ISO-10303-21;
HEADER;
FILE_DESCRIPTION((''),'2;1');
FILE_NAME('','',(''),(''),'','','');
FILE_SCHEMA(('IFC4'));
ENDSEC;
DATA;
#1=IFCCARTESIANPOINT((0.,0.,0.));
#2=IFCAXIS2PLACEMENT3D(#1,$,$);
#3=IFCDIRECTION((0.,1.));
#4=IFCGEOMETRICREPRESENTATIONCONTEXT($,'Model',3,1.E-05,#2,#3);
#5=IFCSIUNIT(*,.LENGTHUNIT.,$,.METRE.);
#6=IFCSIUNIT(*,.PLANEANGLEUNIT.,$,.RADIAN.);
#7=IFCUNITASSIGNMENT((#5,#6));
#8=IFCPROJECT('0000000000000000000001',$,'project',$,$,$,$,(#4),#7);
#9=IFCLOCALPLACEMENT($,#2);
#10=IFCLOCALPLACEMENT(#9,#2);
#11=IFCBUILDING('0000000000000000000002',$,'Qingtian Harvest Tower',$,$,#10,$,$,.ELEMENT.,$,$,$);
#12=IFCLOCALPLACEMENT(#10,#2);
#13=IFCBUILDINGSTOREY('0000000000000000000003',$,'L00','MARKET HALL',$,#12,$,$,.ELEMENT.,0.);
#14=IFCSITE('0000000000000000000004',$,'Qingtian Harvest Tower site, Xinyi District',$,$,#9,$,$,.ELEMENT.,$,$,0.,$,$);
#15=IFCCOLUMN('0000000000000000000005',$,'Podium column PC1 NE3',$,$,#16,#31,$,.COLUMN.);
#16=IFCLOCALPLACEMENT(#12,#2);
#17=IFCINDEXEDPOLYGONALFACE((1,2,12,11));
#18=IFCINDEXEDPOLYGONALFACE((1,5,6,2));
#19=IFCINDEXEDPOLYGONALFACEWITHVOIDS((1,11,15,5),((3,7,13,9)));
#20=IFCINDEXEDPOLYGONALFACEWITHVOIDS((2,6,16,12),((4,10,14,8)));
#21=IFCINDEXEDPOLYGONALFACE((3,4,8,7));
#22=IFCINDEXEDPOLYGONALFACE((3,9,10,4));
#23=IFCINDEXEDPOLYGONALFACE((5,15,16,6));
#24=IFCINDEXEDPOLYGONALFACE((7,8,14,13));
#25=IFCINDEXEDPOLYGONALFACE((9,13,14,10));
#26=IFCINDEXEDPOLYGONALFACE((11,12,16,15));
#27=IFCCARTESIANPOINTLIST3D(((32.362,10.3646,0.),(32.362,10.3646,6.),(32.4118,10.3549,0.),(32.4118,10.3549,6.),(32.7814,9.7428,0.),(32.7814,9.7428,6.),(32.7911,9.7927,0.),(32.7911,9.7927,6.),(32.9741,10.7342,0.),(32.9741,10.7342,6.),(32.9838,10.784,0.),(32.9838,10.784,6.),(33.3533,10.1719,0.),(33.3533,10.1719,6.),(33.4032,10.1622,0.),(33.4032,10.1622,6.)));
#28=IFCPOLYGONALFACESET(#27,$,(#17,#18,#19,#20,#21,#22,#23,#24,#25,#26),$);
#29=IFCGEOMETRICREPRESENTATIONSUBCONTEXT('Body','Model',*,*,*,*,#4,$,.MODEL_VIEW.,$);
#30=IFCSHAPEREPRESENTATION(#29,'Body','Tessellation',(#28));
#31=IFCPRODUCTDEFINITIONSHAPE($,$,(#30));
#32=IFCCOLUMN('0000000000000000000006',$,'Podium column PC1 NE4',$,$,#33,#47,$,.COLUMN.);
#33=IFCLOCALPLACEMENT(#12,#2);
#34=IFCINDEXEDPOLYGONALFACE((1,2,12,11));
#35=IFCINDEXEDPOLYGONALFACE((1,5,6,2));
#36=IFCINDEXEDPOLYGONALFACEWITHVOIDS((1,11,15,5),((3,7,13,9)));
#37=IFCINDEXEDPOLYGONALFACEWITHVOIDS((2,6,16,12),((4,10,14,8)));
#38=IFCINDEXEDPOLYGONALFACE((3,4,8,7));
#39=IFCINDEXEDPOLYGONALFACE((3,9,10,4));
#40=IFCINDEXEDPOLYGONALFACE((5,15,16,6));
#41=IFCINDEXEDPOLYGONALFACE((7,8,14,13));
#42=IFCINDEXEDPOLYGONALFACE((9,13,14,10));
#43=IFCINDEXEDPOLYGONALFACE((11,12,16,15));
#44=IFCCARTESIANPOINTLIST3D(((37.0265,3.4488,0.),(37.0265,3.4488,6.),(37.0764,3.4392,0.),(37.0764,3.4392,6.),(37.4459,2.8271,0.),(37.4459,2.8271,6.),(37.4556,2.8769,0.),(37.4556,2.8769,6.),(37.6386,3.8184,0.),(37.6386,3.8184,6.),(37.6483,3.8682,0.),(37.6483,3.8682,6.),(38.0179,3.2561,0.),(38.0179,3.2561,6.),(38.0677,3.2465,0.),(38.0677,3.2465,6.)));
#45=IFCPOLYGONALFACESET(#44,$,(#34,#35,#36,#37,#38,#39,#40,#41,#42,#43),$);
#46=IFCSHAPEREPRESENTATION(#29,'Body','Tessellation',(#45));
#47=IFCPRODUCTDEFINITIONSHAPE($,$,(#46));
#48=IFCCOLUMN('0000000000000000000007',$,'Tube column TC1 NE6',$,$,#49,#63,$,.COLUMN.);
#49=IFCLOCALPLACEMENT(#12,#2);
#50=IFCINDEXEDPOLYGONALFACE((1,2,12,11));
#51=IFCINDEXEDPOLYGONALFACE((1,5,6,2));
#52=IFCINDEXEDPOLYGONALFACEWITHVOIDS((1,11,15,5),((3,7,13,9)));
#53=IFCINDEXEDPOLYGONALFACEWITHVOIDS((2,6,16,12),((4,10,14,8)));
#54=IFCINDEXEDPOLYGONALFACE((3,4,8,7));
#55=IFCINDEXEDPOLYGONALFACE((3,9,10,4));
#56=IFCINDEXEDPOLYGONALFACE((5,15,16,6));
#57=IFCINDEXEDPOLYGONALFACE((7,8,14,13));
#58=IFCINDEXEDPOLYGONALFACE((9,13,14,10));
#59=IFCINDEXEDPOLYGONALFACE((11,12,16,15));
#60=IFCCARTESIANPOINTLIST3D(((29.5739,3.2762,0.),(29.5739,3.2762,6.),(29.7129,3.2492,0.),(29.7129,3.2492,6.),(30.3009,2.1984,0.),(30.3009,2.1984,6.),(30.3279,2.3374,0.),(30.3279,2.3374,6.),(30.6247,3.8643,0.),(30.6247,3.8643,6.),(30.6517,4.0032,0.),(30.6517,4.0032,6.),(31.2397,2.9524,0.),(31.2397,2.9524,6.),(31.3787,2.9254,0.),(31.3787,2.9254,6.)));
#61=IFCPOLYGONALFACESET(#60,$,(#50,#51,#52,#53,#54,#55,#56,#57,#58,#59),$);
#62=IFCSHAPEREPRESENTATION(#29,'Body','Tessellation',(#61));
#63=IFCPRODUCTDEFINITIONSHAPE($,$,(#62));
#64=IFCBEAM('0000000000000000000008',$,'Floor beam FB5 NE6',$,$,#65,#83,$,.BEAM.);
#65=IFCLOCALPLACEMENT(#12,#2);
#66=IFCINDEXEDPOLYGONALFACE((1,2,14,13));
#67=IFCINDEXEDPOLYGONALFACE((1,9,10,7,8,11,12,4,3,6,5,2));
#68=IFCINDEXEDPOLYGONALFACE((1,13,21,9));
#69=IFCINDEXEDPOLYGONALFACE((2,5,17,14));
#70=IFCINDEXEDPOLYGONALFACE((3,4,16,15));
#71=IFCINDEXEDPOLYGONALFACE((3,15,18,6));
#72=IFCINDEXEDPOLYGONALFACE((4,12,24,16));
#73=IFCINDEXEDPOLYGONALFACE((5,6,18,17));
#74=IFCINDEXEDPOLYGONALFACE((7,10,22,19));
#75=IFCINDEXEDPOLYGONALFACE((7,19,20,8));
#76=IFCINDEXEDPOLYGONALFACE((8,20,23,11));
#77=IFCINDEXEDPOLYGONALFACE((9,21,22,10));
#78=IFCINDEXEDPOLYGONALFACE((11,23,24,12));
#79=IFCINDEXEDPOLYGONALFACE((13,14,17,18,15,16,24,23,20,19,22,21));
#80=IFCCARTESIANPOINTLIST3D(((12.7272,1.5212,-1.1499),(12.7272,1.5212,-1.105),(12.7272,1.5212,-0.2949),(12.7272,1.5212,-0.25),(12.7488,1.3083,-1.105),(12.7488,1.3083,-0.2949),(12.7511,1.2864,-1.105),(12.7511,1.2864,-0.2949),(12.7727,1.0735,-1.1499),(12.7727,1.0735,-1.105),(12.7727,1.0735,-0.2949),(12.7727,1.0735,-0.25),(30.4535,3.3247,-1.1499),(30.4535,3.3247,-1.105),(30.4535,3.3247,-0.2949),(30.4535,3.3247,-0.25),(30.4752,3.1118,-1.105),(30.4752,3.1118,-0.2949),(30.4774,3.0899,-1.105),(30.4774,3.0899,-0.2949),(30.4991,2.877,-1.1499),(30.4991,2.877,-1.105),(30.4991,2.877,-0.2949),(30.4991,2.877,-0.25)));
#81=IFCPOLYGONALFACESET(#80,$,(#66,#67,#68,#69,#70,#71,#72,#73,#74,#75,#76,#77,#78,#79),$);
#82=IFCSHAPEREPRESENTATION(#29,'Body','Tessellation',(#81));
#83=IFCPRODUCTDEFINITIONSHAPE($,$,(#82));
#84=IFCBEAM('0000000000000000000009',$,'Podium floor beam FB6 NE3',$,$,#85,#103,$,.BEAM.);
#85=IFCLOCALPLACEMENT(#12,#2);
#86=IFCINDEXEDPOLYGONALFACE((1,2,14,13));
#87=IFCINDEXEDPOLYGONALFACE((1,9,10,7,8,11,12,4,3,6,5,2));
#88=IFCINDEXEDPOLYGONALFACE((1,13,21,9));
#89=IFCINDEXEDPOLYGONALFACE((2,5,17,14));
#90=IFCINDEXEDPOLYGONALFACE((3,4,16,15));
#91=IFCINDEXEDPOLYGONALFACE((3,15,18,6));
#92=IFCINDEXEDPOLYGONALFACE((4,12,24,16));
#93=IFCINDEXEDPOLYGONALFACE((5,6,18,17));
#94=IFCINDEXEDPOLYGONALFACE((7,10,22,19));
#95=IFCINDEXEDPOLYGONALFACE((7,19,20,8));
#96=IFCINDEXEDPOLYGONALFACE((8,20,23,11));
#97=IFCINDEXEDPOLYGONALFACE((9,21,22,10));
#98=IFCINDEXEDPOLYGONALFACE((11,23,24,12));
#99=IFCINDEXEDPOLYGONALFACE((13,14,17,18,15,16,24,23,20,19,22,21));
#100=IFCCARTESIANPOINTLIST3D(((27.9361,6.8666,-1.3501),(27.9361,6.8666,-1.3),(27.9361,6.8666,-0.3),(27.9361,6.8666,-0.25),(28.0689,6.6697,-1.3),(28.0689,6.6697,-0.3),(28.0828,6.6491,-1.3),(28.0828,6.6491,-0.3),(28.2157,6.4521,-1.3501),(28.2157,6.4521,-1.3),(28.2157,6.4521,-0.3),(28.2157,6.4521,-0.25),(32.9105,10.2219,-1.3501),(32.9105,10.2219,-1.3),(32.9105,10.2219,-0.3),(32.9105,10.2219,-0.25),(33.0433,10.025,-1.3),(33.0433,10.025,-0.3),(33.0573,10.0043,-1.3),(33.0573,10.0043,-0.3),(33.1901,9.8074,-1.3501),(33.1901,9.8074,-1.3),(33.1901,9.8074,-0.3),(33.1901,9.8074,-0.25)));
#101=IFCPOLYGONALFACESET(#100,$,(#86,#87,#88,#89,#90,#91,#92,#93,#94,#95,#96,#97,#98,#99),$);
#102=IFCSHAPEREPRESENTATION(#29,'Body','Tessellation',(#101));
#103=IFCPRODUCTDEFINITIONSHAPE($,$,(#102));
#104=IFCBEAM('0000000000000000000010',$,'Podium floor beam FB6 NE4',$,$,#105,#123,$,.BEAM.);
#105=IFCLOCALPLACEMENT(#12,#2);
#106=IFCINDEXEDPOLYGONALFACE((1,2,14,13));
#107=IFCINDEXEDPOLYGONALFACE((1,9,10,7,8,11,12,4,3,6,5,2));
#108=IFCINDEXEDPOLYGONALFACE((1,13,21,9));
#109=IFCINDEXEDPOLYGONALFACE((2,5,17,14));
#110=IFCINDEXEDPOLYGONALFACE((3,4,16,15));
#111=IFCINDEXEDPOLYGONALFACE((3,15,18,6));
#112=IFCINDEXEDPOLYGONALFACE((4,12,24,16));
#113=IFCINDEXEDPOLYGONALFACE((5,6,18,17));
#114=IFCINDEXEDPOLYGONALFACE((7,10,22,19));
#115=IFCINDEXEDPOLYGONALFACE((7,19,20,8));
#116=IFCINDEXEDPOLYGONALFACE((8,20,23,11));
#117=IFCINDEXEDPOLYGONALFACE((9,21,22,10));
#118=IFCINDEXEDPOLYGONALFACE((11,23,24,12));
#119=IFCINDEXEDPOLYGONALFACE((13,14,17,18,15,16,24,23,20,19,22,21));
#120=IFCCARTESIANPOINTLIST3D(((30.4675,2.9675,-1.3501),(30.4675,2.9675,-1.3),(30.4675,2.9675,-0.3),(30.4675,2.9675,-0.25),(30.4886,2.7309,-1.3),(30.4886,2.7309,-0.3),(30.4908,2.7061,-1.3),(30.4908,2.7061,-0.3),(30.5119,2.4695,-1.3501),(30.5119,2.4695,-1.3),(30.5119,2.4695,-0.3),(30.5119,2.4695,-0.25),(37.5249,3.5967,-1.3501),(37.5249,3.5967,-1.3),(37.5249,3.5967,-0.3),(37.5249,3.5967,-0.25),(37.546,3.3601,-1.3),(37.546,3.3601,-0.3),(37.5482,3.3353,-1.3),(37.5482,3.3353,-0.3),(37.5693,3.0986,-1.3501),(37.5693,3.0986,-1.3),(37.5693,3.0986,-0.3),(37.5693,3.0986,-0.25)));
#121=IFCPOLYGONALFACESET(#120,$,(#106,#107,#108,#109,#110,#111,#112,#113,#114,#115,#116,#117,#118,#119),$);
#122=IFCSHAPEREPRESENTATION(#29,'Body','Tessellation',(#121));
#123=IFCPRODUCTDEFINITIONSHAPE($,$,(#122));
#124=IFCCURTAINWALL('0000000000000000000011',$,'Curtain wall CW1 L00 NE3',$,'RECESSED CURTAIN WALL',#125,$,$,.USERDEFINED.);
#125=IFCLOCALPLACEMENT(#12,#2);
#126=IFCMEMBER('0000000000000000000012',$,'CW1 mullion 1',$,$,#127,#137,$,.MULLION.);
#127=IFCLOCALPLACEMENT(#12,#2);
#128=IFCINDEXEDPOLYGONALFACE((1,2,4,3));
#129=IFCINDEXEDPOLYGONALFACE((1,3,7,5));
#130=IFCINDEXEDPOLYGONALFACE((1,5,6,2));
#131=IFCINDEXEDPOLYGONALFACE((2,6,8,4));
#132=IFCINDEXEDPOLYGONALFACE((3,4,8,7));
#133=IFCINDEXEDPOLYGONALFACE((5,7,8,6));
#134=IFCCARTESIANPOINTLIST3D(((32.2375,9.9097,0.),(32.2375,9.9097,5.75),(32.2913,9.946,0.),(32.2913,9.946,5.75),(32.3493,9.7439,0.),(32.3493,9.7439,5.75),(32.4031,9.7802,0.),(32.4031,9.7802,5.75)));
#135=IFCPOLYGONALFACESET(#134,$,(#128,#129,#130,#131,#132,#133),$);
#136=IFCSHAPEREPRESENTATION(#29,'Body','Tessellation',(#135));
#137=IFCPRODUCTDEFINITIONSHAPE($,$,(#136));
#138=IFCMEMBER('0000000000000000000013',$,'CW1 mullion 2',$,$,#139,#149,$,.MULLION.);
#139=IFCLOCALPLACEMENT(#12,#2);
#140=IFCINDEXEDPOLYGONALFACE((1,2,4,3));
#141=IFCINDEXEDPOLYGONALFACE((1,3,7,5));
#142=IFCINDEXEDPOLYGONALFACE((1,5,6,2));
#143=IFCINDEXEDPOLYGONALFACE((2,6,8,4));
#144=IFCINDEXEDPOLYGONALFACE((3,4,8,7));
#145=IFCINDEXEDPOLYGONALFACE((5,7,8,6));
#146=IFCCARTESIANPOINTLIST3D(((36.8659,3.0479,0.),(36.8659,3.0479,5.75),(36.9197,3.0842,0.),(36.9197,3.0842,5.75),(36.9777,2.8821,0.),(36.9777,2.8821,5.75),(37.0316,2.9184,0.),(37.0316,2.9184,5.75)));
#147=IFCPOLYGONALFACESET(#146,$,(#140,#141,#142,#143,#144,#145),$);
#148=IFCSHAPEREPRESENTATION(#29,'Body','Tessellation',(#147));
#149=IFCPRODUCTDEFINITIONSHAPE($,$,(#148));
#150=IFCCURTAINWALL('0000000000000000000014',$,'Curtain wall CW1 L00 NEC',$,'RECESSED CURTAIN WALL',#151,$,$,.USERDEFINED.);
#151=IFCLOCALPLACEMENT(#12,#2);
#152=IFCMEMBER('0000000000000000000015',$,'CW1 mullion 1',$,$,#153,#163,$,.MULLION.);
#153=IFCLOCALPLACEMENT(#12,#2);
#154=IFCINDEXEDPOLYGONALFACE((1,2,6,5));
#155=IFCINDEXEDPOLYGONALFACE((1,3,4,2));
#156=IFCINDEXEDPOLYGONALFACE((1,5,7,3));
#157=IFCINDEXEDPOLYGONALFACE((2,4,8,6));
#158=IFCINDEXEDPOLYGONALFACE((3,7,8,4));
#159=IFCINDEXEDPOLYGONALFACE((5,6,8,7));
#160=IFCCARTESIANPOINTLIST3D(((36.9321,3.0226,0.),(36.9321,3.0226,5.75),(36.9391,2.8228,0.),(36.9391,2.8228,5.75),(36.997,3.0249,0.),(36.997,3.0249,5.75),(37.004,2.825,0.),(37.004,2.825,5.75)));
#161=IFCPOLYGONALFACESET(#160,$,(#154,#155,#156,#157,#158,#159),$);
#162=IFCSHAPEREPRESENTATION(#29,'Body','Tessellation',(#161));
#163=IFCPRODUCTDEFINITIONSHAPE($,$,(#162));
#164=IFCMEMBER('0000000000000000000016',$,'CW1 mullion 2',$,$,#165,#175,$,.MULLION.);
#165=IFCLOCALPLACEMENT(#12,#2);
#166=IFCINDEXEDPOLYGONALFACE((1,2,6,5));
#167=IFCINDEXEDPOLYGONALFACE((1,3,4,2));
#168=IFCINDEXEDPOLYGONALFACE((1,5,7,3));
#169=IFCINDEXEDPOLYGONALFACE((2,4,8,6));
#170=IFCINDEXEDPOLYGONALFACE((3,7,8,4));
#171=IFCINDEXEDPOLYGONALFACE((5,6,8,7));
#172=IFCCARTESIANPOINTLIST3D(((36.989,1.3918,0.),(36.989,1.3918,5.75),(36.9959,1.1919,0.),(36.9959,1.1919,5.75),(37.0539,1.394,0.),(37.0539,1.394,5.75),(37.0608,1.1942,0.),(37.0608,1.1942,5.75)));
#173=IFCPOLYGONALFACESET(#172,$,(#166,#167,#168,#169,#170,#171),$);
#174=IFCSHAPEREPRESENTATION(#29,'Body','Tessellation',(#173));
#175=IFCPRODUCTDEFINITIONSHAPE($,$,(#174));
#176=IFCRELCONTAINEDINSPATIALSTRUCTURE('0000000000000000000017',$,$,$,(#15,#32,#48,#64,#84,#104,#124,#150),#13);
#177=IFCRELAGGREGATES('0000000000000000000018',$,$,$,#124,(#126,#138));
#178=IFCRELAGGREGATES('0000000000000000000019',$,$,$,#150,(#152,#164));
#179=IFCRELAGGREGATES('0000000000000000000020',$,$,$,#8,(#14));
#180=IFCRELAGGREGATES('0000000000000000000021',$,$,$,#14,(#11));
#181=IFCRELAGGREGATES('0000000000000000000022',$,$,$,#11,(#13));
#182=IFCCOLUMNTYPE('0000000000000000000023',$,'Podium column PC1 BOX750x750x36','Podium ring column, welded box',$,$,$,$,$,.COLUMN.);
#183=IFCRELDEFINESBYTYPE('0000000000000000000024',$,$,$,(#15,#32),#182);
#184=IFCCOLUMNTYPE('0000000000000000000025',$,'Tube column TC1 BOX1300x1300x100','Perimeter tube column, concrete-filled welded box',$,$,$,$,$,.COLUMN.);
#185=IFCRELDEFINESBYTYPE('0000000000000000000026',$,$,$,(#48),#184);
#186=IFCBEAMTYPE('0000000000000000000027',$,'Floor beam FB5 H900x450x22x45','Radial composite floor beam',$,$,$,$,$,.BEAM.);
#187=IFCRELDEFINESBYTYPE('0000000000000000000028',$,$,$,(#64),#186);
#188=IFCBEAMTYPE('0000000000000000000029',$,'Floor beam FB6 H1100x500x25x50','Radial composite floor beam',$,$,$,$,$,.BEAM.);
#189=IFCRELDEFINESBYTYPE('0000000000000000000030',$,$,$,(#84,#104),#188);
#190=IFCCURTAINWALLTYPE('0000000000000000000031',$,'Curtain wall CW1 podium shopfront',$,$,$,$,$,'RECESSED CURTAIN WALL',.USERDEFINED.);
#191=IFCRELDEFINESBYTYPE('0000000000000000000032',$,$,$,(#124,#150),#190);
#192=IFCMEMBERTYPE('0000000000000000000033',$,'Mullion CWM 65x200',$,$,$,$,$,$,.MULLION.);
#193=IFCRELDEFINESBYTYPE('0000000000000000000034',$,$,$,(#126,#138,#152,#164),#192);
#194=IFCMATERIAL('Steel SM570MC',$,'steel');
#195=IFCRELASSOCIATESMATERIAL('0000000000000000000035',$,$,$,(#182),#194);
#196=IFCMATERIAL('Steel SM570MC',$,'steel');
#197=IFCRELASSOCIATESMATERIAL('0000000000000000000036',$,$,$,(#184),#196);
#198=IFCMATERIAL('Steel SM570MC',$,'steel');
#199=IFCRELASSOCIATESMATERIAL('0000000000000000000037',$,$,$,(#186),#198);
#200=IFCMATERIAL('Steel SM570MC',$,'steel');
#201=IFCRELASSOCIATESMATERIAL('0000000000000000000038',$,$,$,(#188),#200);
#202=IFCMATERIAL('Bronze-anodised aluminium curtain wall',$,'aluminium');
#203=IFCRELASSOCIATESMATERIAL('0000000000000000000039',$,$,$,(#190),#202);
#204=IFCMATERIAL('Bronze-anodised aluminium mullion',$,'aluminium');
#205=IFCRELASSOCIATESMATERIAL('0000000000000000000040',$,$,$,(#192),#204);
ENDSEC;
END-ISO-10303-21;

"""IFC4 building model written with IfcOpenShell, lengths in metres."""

from ifc_helpers import new_model, si_unit, direction, frame, origin, origin_2d, place, context, subcontext, project, spatial, rectangle, hollow_rectangle, i_section, extrude, material, material_profile, profile_set, type_object, element, aggregate, save


model = new_model("IFC4")

# Units and contexts
model_context = context("Model", 3, precision=1e-05, world=origin(), true_north=direction((0.0, 1.0)))
body_context = subcontext(model_context, "Body", "Model", "MODEL_VIEW")
ifc_project = project(units=[si_unit("LENGTHUNIT", "METRE"), si_unit("PLANEANGLEUNIT", "RADIAN")], contexts=[model_context])

# Site, building, storey
site_placement = place(None, origin())
site = spatial("IfcSite", under=ifc_project, at=site_placement, Name="Qingtian Harvest Tower site, Xinyi District", CompositionType="ELEMENT", RefElevation=0.0)
building_placement = place(site_placement, origin())
building = spatial("IfcBuilding", under=site, at=building_placement, Name="Qingtian Harvest Tower", CompositionType="ELEMENT")
storey_placement = place(building_placement, origin())
storey = spatial("IfcBuildingStorey", under=building, at=storey_placement, Name="L00", Description="MARKET HALL", CompositionType="ELEMENT", Elevation=0.0)

# Columns
ifc_material_1 = material(Name="Steel SM570MC", Category="steel")
ifc_material_profile_1 = material_profile(ifc_material_1, hollow_rectangle(XDim=0.75, YDim=0.75, WallThickness=0.0359, at=origin_2d()), Name="BOX750x750x36")
ifc_profile_set_1 = profile_set([ifc_material_profile_1], Name="Steel SM570MC")
column_type_1 = type_object("IfcColumnType", Name="Podium column PC1 BOX750x750x36", Description="Podium ring column, welded box", PredefinedType="COLUMN", material=ifc_profile_set_1)
for number, where, z_axis, x_axis, name in (
    (1, (32.8826, 10.2634, 0.0), (0.0, 0.0, 1.0), (-0.559193, 0.829038, 0.0), "Podium column PC1 NE3"),
    (2, (37.5471, 3.3477, 0.0), (0.0, 0.0, 1.0), (-0.559193, 0.829038, 0.0), "Podium column PC1 NE4"),
):
    element("IfcColumn", number, at=place(storey_placement, frame(where, z_axis=z_axis, x_axis=x_axis)), inside=storey, type_object=column_type_1, Name=name, PredefinedType="COLUMN", context=body_context, shape_type="SweptSolid", body=[
        extrude(hollow_rectangle(XDim=0.75, YDim=0.75, WallThickness=0.0359, at=origin_2d()), origin(), (0.0, 0.0, 1.0), 6.0),
    ])
ifc_material_2 = material(Name="Steel SM570MC", Category="steel")
ifc_material_profile_2 = material_profile(ifc_material_2, hollow_rectangle(XDim=1.3, YDim=1.3, WallThickness=0.1001, at=origin_2d()), Name="BOX1300x1300x100")
ifc_profile_set_2 = profile_set([ifc_material_profile_2], Name="Steel SM570MC")
column_type_2 = type_object("IfcColumnType", Name="Tube column TC1 BOX1300x1300x100", Description="Perimeter tube column, concrete-filled welded box", PredefinedType="COLUMN", material=ifc_profile_set_2)
column_placement = place(storey_placement, frame((30.4763, 3.1008, 0.0), z_axis=(0.0, 0.0, 1.0), x_axis=(-0.559193, 0.829038, 0.0)))
element("IfcColumn", 3, at=column_placement, inside=storey, type_object=column_type_2, Name="Tube column TC1 NE6", PredefinedType="COLUMN", context=body_context, shape_type="SweptSolid", body=[
    extrude(hollow_rectangle(XDim=1.3, YDim=1.3, WallThickness=0.1001, at=origin_2d()), origin(), (0.0, 0.0, 1.0), 6.0),
])

# Beams
ifc_material_3 = material(Name="Steel SM570MC", Category="steel")
ifc_material_profile_3 = material_profile(ifc_material_3, i_section(OverallWidth=0.45, OverallDepth=0.8999, WebThickness=0.022, FlangeThickness=0.0449, at=origin_2d()), Name="H900x450x22x45")
ifc_profile_set_3 = profile_set([ifc_material_profile_3], Name="Steel SM570MC")
beam_type_1 = type_object("IfcBeamType", Name="Floor beam FB5 H900x450x22x45", Description="Radial composite floor beam", PredefinedType="BEAM", material=ifc_profile_set_3)
beam_1_placement = place(storey_placement, frame((30.4763, 3.1008, -0.7), z_axis=(-0.994864, -0.101217, 0.0), x_axis=(0.101217, -0.994864, 0.0)))
element("IfcBeam", 4, at=beam_1_placement, inside=storey, type_object=beam_type_1, Name="Floor beam FB5 NE6", PredefinedType="BEAM", context=body_context, shape_type="SweptSolid", body=[
    extrude(i_section(OverallWidth=0.45, OverallDepth=0.8999, WebThickness=0.022, FlangeThickness=0.0449, at=origin_2d()), origin(), (0.0, 0.0, 1.0), 17.8179),
])
ifc_material_4 = material(Name="Steel SM570MC", Category="steel")
ifc_material_profile_4 = material_profile(ifc_material_4, i_section(OverallWidth=0.5, OverallDepth=1.1001, WebThickness=0.0249, FlangeThickness=0.05, at=origin_2d()), Name="H1100x500x25x50")
ifc_profile_set_4 = profile_set([ifc_material_profile_4], Name="Steel SM570MC")
beam_type_2 = type_object("IfcBeamType", Name="Floor beam FB6 H1100x500x25x50", Description="Radial composite floor beam", PredefinedType="BEAM", material=ifc_profile_set_4)
beam_2_placement = place(storey_placement, frame((33.0503, 10.0146, -0.8), z_axis=(-0.82904, -0.55919, 0.0), x_axis=(0.55919, -0.82904, 0.0)))
element("IfcBeam", 5, at=beam_2_placement, inside=storey, type_object=beam_type_2, Name="Podium floor beam FB6 NE3", PredefinedType="BEAM", context=body_context, shape_type="SweptSolid", body=[
    extrude(i_section(OverallWidth=0.5, OverallDepth=1.1001, WebThickness=0.0249, FlangeThickness=0.05, at=origin_2d()), origin(), (0.0, 0.0, 1.0), 6.0002),
])
beam_3_placement = place(storey_placement, frame((37.5471, 3.3477, -0.8), z_axis=(-0.99605, -0.088796, 0.0), x_axis=(0.088796, -0.99605, 0.0)))
element("IfcBeam", 6, at=beam_3_placement, inside=storey, type_object=beam_type_2, Name="Podium floor beam FB6 NE4", PredefinedType="BEAM", context=body_context, shape_type="SweptSolid", body=[
    extrude(i_section(OverallWidth=0.5, OverallDepth=1.1001, WebThickness=0.0249, FlangeThickness=0.05, at=origin_2d()), origin(), (0.0, 0.0, 1.0), 7.0854),
])

# Curtain walls, members
ifc_material_5 = material(Name="Bronze-anodised aluminium curtain wall", Category="aluminium")
curtain_wall_type = type_object("IfcCurtainWallType", Name="Curtain wall CW1 podium shopfront", ElementType="RECESSED CURTAIN WALL", PredefinedType="USERDEFINED", material=ifc_material_5)
curtain_wall_1_placement = place(storey_placement, origin())
curtain_wall_1 = element("IfcCurtainWall", 7, at=curtain_wall_1_placement, inside=storey, type_object=curtain_wall_type, Name="Curtain wall CW1 L00 NE3", ObjectType="RECESSED CURTAIN WALL", PredefinedType="USERDEFINED")
ifc_material_6 = material(Name="Bronze-anodised aluminium mullion", Category="aluminium")
ifc_material_profile_5 = material_profile(ifc_material_6, rectangle(XDim=0.0649, YDim=0.2, at=origin_2d()), Name="AL 65x200")
ifc_profile_set_5 = profile_set([ifc_material_profile_5], Name="Bronze-anodised aluminium mullion")
member_type_1 = type_object("IfcMemberType", Name="Mullion CWM 65x200", PredefinedType="MULLION", material=ifc_profile_set_5)
member_1_placement = place(storey_placement, frame((32.3203, 9.845, 0.0), z_axis=(0.0, 0.0, 1.0), x_axis=(0.829038, 0.559193, 0.0)))
member_1 = element("IfcMember", 8, at=member_1_placement, type_object=member_type_1, Name="CW1 mullion 1", PredefinedType="MULLION", context=body_context, shape_type="SweptSolid", body=[
    extrude(rectangle(XDim=0.0649, YDim=0.2, at=origin_2d()), origin(), (0.0, 0.0, 1.0), 5.75),
])
member_2_placement = place(storey_placement, frame((36.9487, 2.9832, 0.0), z_axis=(0.0, 0.0, 1.0), x_axis=(0.829038, 0.559193, 0.0)))
member_2 = element("IfcMember", 9, at=member_2_placement, type_object=member_type_1, Name="CW1 mullion 2", PredefinedType="MULLION", context=body_context, shape_type="SweptSolid", body=[
    extrude(rectangle(XDim=0.0649, YDim=0.2, at=origin_2d()), origin(), (0.0, 0.0, 1.0), 5.75),
])
curtain_wall_2_placement = place(storey_placement, origin())
curtain_wall_2 = element("IfcCurtainWall", 10, at=curtain_wall_2_placement, inside=storey, type_object=curtain_wall_type, Name="Curtain wall CW1 L00 NEC", ObjectType="RECESSED CURTAIN WALL", PredefinedType="USERDEFINED")
member_3_placement = place(storey_placement, frame((36.968, 2.9238, 0.0), z_axis=(0.0, 0.0, 1.0), x_axis=(0.999391, 0.034899, 0.0)))
member_3 = element("IfcMember", 11, at=member_3_placement, type_object=member_type_1, Name="CW1 mullion 1", PredefinedType="MULLION", context=body_context, shape_type="SweptSolid", body=[
    extrude(rectangle(XDim=0.0649, YDim=0.2, at=origin_2d()), origin(), (0.0, 0.0, 1.0), 5.75),
])
member_4_placement = place(storey_placement, frame((37.0249, 1.293, 0.0), z_axis=(0.0, 0.0, 1.0), x_axis=(0.999391, 0.034899, 0.0)))
member_4 = element("IfcMember", 12, at=member_4_placement, type_object=member_type_1, Name="CW1 mullion 2", PredefinedType="MULLION", context=body_context, shape_type="SweptSolid", body=[
    extrude(rectangle(XDim=0.0649, YDim=0.2, at=origin_2d()), origin(), (0.0, 0.0, 1.0), 5.75),
])

aggregate(curtain_wall_1, [member_1, member_2])
aggregate(curtain_wall_2, [member_3, member_4])

save(model, "model.ifc")
